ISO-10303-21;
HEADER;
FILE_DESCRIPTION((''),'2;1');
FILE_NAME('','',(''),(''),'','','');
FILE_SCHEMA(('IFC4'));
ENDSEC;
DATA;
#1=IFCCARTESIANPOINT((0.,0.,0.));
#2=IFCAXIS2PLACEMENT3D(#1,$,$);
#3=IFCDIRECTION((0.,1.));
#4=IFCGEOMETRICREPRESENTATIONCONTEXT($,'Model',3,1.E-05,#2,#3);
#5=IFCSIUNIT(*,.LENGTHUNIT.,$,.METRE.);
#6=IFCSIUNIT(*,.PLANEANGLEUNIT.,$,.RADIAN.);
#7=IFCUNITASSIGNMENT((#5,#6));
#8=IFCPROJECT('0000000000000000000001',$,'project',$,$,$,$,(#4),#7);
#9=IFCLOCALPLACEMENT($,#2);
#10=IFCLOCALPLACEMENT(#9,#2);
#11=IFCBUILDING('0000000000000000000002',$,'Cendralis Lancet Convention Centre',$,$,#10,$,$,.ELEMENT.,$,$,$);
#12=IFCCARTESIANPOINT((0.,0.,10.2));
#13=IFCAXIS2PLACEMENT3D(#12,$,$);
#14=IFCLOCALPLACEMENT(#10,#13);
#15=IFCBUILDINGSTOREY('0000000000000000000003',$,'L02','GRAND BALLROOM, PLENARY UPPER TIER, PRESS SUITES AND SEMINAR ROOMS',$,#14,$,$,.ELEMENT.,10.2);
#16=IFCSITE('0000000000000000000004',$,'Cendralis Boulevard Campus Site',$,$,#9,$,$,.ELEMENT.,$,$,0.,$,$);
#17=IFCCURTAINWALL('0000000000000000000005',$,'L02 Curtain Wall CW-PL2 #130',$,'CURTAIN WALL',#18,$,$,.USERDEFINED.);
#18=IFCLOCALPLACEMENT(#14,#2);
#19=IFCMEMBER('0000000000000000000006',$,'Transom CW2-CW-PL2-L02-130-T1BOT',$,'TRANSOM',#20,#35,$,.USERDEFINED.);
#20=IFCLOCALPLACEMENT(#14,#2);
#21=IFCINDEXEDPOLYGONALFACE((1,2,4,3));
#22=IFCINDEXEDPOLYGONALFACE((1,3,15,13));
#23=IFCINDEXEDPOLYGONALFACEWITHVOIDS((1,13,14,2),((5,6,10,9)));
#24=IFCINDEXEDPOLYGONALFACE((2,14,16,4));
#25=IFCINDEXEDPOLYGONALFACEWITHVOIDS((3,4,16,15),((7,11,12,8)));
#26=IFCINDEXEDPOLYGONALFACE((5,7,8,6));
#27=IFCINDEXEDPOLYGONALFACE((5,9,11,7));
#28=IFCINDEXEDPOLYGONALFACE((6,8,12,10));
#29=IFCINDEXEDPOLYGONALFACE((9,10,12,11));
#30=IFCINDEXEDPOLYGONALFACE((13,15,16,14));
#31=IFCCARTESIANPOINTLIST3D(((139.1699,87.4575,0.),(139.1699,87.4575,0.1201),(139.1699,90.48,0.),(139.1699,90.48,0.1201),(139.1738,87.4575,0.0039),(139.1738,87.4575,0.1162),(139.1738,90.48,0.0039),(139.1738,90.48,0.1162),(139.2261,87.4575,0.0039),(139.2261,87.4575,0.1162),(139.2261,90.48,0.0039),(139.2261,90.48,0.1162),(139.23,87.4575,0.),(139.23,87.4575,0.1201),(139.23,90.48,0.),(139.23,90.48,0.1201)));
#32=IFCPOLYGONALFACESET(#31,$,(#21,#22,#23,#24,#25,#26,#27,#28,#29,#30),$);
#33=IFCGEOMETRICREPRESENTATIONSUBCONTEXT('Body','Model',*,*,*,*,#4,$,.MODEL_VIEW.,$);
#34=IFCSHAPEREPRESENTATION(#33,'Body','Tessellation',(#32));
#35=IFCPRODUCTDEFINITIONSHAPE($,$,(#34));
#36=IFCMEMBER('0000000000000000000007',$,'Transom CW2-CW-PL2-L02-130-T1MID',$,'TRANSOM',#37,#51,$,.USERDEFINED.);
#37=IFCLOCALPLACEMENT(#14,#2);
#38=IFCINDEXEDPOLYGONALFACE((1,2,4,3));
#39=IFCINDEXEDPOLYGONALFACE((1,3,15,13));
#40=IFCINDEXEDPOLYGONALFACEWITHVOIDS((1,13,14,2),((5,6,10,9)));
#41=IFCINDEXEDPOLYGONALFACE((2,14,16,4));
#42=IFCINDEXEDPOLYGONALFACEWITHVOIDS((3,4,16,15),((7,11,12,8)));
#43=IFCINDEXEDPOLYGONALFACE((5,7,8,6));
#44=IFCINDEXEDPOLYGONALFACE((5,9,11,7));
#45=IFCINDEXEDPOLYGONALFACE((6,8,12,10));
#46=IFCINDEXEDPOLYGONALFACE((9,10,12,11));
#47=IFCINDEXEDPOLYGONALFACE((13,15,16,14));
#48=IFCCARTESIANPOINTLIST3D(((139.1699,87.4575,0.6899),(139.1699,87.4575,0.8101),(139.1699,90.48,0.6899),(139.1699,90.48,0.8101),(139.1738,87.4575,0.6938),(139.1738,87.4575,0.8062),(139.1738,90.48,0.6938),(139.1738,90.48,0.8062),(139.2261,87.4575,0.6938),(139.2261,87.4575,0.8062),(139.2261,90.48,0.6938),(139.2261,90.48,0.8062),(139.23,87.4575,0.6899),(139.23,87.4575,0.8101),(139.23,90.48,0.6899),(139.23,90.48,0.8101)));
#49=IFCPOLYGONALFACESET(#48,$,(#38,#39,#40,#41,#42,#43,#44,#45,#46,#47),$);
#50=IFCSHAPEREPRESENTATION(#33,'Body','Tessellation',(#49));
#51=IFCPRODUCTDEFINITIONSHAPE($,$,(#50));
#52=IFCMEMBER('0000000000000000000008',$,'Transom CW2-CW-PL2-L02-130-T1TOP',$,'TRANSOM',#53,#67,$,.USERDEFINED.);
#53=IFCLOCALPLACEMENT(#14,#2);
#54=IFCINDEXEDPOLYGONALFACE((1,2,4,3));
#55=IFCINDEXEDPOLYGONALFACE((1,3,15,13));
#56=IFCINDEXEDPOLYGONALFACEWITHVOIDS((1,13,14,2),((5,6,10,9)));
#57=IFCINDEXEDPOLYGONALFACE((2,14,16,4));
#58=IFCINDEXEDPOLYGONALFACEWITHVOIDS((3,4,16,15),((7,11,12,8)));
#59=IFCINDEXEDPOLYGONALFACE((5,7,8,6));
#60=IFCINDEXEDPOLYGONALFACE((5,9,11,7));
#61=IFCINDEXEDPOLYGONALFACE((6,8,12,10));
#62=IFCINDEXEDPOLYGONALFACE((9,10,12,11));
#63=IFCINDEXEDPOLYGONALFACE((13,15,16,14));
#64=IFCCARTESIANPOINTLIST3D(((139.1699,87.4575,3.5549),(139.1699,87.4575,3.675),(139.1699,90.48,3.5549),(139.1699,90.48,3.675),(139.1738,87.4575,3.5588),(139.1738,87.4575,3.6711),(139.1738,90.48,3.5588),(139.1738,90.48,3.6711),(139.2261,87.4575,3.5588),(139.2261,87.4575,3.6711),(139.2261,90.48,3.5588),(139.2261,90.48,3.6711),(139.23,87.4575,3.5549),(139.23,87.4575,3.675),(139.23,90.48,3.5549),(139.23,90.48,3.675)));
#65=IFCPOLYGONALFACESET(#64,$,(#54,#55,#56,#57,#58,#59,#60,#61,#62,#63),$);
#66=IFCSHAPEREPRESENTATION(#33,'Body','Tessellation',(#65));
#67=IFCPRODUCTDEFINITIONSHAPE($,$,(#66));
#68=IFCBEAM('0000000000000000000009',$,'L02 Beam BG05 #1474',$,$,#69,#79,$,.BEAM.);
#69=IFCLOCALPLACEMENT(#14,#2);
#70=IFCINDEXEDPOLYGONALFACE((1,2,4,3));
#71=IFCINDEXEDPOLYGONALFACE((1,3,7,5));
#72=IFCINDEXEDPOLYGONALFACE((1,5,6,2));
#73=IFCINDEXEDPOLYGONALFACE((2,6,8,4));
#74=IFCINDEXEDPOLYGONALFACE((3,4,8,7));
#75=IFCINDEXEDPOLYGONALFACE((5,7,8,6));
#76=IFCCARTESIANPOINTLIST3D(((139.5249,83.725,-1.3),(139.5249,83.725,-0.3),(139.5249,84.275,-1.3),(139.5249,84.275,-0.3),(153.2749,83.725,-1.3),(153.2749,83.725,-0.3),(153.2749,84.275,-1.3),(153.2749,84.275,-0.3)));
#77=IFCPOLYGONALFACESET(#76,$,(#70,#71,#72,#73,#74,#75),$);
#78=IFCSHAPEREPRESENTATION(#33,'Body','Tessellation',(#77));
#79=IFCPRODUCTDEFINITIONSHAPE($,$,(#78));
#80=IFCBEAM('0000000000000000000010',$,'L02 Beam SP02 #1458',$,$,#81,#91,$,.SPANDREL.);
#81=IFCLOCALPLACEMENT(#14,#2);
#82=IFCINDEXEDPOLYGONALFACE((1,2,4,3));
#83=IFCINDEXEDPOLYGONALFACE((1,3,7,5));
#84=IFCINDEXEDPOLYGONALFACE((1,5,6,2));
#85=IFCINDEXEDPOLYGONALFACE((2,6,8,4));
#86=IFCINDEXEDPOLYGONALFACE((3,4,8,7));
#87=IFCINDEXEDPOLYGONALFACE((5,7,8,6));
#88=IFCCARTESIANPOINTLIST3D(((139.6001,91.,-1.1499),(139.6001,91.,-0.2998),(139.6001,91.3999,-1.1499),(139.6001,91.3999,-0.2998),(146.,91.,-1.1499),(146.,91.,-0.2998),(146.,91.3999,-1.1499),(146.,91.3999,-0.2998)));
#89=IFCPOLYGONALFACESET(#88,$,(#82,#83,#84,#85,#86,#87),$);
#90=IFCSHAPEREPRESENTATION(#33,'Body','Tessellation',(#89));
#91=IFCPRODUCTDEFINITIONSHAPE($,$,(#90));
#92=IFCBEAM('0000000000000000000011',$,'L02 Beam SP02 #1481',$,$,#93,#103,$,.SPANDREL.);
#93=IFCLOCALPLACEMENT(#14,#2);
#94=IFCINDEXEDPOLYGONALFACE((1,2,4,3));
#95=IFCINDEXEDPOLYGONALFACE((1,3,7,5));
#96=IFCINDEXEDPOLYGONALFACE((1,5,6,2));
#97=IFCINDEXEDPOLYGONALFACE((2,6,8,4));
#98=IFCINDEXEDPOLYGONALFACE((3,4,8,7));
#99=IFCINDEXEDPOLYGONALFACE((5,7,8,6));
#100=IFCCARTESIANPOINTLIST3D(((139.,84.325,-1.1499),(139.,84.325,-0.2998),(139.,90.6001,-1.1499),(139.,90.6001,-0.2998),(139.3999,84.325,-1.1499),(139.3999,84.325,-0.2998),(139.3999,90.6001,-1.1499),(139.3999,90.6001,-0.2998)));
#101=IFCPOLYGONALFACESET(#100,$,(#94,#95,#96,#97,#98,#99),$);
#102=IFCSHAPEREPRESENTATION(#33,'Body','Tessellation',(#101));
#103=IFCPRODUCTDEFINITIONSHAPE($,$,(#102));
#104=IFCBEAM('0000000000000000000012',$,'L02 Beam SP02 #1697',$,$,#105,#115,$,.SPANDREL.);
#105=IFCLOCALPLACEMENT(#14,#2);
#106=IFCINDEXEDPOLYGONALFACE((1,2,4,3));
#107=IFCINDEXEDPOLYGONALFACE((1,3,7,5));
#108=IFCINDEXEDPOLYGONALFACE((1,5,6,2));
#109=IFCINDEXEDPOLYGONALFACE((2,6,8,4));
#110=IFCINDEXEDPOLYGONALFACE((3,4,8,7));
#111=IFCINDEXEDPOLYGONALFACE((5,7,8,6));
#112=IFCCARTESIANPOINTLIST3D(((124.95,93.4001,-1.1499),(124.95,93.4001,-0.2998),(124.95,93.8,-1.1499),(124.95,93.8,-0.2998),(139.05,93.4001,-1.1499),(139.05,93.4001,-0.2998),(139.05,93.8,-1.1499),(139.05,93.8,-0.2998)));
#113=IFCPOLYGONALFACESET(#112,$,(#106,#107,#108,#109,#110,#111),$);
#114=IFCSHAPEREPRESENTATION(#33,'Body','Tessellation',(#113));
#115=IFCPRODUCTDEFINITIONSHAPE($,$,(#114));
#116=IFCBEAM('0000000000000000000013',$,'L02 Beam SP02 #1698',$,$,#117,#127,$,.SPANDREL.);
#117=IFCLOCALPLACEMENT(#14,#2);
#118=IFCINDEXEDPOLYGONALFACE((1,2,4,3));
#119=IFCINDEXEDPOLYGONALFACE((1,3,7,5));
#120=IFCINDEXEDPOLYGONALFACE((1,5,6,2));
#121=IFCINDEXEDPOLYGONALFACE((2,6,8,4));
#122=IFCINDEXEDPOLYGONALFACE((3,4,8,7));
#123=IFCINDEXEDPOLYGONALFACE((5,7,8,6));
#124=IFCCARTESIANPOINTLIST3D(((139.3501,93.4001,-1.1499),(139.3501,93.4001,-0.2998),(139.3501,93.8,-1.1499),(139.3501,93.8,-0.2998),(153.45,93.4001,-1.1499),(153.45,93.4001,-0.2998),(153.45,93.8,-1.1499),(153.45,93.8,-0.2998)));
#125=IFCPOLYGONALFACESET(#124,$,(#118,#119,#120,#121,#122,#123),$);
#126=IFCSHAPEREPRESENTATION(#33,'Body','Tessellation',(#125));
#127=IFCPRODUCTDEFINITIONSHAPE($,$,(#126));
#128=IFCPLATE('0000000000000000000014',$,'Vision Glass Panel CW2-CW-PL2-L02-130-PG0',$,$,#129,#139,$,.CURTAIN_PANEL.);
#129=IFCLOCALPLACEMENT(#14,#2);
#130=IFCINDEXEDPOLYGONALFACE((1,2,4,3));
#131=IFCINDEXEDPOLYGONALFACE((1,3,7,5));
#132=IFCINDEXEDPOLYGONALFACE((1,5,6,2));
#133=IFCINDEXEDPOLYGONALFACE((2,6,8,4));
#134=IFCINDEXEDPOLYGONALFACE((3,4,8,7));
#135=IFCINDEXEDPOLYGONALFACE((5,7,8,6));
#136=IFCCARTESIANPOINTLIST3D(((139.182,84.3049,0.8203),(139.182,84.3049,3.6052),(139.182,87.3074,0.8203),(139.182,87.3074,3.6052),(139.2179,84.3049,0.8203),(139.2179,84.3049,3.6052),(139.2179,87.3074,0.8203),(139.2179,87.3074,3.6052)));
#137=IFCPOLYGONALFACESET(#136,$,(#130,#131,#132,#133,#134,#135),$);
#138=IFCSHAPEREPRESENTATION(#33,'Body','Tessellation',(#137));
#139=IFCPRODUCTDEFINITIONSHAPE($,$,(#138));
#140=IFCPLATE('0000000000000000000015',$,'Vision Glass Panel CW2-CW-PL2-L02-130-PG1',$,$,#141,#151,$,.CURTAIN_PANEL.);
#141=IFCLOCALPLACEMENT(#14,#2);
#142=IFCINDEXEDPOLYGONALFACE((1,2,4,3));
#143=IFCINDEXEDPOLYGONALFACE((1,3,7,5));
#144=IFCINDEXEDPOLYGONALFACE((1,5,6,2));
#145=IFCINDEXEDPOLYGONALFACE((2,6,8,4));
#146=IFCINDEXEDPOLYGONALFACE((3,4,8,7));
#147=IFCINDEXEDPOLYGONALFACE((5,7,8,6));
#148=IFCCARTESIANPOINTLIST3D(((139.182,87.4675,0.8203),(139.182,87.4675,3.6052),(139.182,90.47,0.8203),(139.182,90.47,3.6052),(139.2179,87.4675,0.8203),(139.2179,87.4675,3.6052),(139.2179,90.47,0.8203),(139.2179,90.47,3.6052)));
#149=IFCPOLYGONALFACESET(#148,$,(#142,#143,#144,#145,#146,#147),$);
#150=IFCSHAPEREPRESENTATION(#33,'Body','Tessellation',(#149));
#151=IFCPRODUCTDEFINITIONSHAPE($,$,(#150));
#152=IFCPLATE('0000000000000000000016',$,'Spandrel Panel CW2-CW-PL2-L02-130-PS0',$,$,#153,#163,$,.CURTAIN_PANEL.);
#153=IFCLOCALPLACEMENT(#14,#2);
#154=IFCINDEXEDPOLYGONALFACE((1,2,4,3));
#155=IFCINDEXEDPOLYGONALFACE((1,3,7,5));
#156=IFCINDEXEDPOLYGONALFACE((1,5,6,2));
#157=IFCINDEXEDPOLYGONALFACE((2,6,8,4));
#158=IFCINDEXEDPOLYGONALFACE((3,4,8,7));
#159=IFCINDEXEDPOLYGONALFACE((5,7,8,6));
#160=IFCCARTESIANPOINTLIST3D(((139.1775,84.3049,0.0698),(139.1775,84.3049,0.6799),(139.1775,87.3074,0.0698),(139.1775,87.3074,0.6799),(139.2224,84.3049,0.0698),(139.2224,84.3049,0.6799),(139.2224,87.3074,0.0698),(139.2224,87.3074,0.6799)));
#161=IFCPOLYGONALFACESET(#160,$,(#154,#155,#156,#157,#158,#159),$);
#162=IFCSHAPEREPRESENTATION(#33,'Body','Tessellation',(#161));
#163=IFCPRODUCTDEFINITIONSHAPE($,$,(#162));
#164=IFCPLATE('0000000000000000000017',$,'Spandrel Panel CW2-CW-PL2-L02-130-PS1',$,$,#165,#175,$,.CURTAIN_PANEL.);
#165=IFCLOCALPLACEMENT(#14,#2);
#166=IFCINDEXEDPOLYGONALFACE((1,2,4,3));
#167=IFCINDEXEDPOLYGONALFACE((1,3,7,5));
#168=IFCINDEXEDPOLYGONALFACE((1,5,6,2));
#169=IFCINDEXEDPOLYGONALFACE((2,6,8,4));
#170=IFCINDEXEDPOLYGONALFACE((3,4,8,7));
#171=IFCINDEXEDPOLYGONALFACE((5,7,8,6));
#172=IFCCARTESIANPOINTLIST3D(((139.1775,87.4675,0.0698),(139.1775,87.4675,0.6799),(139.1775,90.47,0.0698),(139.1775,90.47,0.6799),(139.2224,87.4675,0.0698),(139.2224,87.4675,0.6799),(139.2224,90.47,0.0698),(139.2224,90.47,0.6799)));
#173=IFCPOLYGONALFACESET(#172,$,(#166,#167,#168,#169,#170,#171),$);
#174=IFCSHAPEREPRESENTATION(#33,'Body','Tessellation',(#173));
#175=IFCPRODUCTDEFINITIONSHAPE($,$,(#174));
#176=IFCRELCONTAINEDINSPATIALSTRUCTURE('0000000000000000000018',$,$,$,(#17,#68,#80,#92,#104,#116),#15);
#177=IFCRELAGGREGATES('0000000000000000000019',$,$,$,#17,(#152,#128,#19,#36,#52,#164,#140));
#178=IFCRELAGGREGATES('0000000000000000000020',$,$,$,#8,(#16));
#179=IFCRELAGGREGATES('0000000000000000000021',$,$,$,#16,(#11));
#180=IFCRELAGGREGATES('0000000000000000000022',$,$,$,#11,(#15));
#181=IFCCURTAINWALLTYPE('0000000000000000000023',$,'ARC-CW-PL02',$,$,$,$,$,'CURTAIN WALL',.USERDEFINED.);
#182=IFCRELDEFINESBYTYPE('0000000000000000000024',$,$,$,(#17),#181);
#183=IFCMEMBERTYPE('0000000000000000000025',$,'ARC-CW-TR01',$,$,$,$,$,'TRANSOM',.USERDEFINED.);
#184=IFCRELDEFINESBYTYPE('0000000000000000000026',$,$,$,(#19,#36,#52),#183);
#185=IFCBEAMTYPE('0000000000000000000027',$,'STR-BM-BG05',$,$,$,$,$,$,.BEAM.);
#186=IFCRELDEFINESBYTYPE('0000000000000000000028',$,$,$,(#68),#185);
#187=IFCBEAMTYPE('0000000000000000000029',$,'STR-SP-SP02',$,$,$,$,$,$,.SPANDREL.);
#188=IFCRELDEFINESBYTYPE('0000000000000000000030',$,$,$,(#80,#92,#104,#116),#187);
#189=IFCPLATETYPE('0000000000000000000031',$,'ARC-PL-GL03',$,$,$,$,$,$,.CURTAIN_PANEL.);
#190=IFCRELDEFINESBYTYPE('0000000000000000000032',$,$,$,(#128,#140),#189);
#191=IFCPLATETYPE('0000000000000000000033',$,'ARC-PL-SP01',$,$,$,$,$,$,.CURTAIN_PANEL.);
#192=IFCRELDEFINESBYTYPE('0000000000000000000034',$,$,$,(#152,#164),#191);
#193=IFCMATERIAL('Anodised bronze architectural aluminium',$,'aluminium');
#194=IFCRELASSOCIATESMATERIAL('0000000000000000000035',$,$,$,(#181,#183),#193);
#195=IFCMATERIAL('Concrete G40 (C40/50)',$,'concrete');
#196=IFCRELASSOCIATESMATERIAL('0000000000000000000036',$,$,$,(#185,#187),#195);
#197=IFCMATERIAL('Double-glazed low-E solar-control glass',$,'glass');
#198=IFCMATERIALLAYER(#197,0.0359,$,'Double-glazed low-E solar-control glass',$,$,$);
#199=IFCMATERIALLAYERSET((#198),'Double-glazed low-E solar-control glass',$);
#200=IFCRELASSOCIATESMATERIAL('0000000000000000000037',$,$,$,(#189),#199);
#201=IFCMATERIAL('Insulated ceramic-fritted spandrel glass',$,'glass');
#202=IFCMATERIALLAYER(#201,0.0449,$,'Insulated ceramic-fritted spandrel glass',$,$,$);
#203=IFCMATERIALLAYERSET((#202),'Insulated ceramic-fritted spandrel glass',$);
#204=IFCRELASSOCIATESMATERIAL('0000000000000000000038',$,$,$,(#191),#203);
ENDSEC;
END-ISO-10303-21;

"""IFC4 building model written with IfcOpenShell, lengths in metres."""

from ifc_helpers import new_model, si_unit, direction, frame, origin, origin_2d, place, context, subcontext, project, spatial, rectangle, hollow_rectangle, extrude, material, layer, layer_set, material_profile, profile_set, type_object, element, aggregate, save


model = new_model("IFC4")

# Units and contexts
model_context = context("Model", 3, precision=1e-05, world=origin(), true_north=direction((0.0, 1.0)))
body_context = subcontext(model_context, "Body", "Model", "MODEL_VIEW")
ifc_project = project(units=[si_unit("LENGTHUNIT", "METRE"), si_unit("PLANEANGLEUNIT", "RADIAN")], contexts=[model_context])

# Site, building, storey
site_placement = place(None, origin())
site = spatial("IfcSite", under=ifc_project, at=site_placement, Name="Cendralis Boulevard Campus Site", CompositionType="ELEMENT", RefElevation=0.0)
building_placement = place(site_placement, origin())
building = spatial("IfcBuilding", under=site, at=building_placement, Name="Cendralis Lancet Convention Centre", CompositionType="ELEMENT")
storey_placement = place(building_placement, frame((0.0, 0.0, 10.2)))
storey = spatial("IfcBuildingStorey", under=building, at=storey_placement, Name="L02", Description="GRAND BALLROOM, PLENARY UPPER TIER, PRESS SUITES AND SEMINAR ROOMS", CompositionType="ELEMENT", Elevation=10.2)

# Shared definitions
ifc_material_1 = material(Name="Concrete G40 (C40/50)", Category="concrete")

# Curtain wall, members
ifc_material_2 = material(Name="Anodised bronze architectural aluminium", Category="aluminium")
curtain_wall_type = type_object("IfcCurtainWallType", Name="ARC-CW-PL02", ElementType="CURTAIN WALL", PredefinedType="USERDEFINED", material=ifc_material_2)
curtain_wall_placement = place(storey_placement, origin())
curtain_wall = element("IfcCurtainWall", 1, at=curtain_wall_placement, inside=storey, type_object=curtain_wall_type, Name="L02 Curtain Wall CW-PL2 #130", ObjectType="CURTAIN WALL", PredefinedType="USERDEFINED")
ifc_material_profile_1 = material_profile(ifc_material_2, hollow_rectangle(XDim=0.0601, YDim=0.1201, WallThickness=0.0039, at=origin_2d()), Name="AL-TRAN 60x120x4.0")
ifc_profile_set_1 = profile_set([ifc_material_profile_1], Name="Anodised bronze architectural aluminium")
member_type_1 = type_object("IfcMemberType", Name="ARC-CW-TR01", ElementType="TRANSOM", PredefinedType="USERDEFINED", material=ifc_profile_set_1)
member_1_placement = place(storey_placement, frame((139.2, 87.4575, 0.0601), z_axis=(0.0, 1.0, 0.0), x_axis=(-1.0, 0.0, 0.0)))
member_1 = element("IfcMember", 2, at=member_1_placement, type_object=member_type_1, Name="Transom CW2-CW-PL2-L02-130-T1BOT", ObjectType="TRANSOM", PredefinedType="USERDEFINED", context=body_context, shape_type="SweptSolid", body=[
    extrude(hollow_rectangle(XDim=0.0601, YDim=0.1201, WallThickness=0.0039, at=origin_2d()), origin(), (0.0, 0.0, 1.0), 3.0225),
])
member_2_placement = place(storey_placement, frame((139.2, 87.4575, 0.75), z_axis=(0.0, 1.0, 0.0), x_axis=(-1.0, 0.0, 0.0)))
member_2 = element("IfcMember", 3, at=member_2_placement, type_object=member_type_1, Name="Transom CW2-CW-PL2-L02-130-T1MID", ObjectType="TRANSOM", PredefinedType="USERDEFINED", context=body_context, shape_type="SweptSolid", body=[
    extrude(hollow_rectangle(XDim=0.0601, YDim=0.1201, WallThickness=0.0039, at=origin_2d()), origin(), (0.0, 0.0, 1.0), 3.0225),
])
member_3_placement = place(storey_placement, frame((139.2, 87.4575, 3.615), z_axis=(0.0, 1.0, 0.0), x_axis=(-1.0, 0.0, 0.0)))
member_3 = element("IfcMember", 4, at=member_3_placement, type_object=member_type_1, Name="Transom CW2-CW-PL2-L02-130-T1TOP", ObjectType="TRANSOM", PredefinedType="USERDEFINED", context=body_context, shape_type="SweptSolid", body=[
    extrude(hollow_rectangle(XDim=0.0601, YDim=0.1201, WallThickness=0.0039, at=origin_2d()), origin(), (0.0, 0.0, 1.0), 3.0225),
])

# Beams
ifc_material_profile_2 = material_profile(ifc_material_1, rectangle(XDim=0.55, YDim=1.0, at=origin_2d()), Name="RCB 550x1000")
ifc_profile_set_2 = profile_set([ifc_material_profile_2], Name="Concrete G40 (C40/50)")
beam_type_1 = type_object("IfcBeamType", Name="STR-BM-BG05", PredefinedType="BEAM", material=ifc_profile_set_2)
beam_1_placement = place(storey_placement, frame((139.5249, 84.0, -0.8), z_axis=(1.0, 0.0, 0.0), x_axis=(0.0, 1.0, 0.0)))
element("IfcBeam", 5, at=beam_1_placement, inside=storey, type_object=beam_type_1, Name="L02 Beam BG05 #1474", PredefinedType="BEAM", context=body_context, shape_type="SweptSolid", body=[
    extrude(rectangle(XDim=0.55, YDim=1.0, at=origin_2d()), origin(), (0.0, 0.0, 1.0), 13.75),
])
ifc_material_profile_3 = material_profile(ifc_material_1, rectangle(XDim=0.3999, YDim=0.8501, at=origin_2d()), Name="RCB 400x850")
ifc_profile_set_3 = profile_set([ifc_material_profile_3], Name="Concrete G40 (C40/50)")
beam_type_2 = type_object("IfcBeamType", Name="STR-SP-SP02", PredefinedType="SPANDREL", material=ifc_profile_set_3)
beam_2_placement = place(storey_placement, frame((139.6001, 91.2, -0.7249), z_axis=(1.0, 0.0, 0.0), x_axis=(0.0, 1.0, 0.0)))
element("IfcBeam", 6, at=beam_2_placement, inside=storey, type_object=beam_type_2, Name="L02 Beam SP02 #1458", PredefinedType="SPANDREL", context=body_context, shape_type="SweptSolid", body=[
    extrude(rectangle(XDim=0.3999, YDim=0.8501, at=origin_2d()), origin(), (0.0, 0.0, 1.0), 6.3999),
])
beam_3_placement = place(storey_placement, frame((139.2, 84.325, -0.7249), z_axis=(0.0, 1.0, 0.0), x_axis=(-1.0, 0.0, 0.0)))
element("IfcBeam", 7, at=beam_3_placement, inside=storey, type_object=beam_type_2, Name="L02 Beam SP02 #1481", PredefinedType="SPANDREL", context=body_context, shape_type="SweptSolid", body=[
    extrude(rectangle(XDim=0.3999, YDim=0.8501, at=origin_2d()), origin(), (0.0, 0.0, 1.0), 6.2751),
])
beam_4_placement = place(storey_placement, frame((124.95, 93.6001, -0.7249), z_axis=(1.0, 0.0, 0.0), x_axis=(0.0, 1.0, 0.0)))
element("IfcBeam", 8, at=beam_4_placement, inside=storey, type_object=beam_type_2, Name="L02 Beam SP02 #1697", PredefinedType="SPANDREL", context=body_context, shape_type="SweptSolid", body=[
    extrude(rectangle(XDim=0.3999, YDim=0.8501, at=origin_2d()), origin(), (0.0, 0.0, 1.0), 14.1001),
])
beam_5_placement = place(storey_placement, frame((139.3501, 93.6001, -0.7249), z_axis=(1.0, 0.0, 0.0), x_axis=(0.0, 1.0, 0.0)))
element("IfcBeam", 9, at=beam_5_placement, inside=storey, type_object=beam_type_2, Name="L02 Beam SP02 #1698", PredefinedType="SPANDREL", context=body_context, shape_type="SweptSolid", body=[
    extrude(rectangle(XDim=0.3999, YDim=0.8501, at=origin_2d()), origin(), (0.0, 0.0, 1.0), 14.0999),
])

# Plates
ifc_material_3 = material(Name="Double-glazed low-E solar-control glass", Category="glass")
ifc_layer_1 = layer(ifc_material_3, 0.0359, Name="Double-glazed low-E solar-control glass")
ifc_layer_set_1 = layer_set([ifc_layer_1], Name="Double-glazed low-E solar-control glass")
plate_type_1 = type_object("IfcPlateType", Name="ARC-PL-GL03", PredefinedType="CURTAIN_PANEL", material=ifc_layer_set_1)
plate_1_placement = place(storey_placement, frame((139.2, 85.8062, 0.8203), z_axis=(0.0, 0.0, 1.0), x_axis=(0.0, 1.0, 0.0)))
plate_1 = element("IfcPlate", 10, at=plate_1_placement, type_object=plate_type_1, Name="Vision Glass Panel CW2-CW-PL2-L02-130-PG0", PredefinedType="CURTAIN_PANEL", context=body_context, shape_type="SweptSolid", body=[
    extrude(rectangle(XDim=3.0024, YDim=0.0359, at=origin_2d()), origin(), (0.0, 0.0, 1.0), 2.7849),
])
plate_2_placement = place(storey_placement, frame((139.2, 88.9688, 0.8203), z_axis=(0.0, 0.0, 1.0), x_axis=(0.0, 1.0, 0.0)))
plate_2 = element("IfcPlate", 11, at=plate_2_placement, type_object=plate_type_1, Name="Vision Glass Panel CW2-CW-PL2-L02-130-PG1", PredefinedType="CURTAIN_PANEL", context=body_context, shape_type="SweptSolid", body=[
    extrude(rectangle(XDim=3.0024, YDim=0.0359, at=origin_2d()), origin(), (0.0, 0.0, 1.0), 2.7849),
])
ifc_material_4 = material(Name="Insulated ceramic-fritted spandrel glass", Category="glass")
ifc_layer_2 = layer(ifc_material_4, 0.0449, Name="Insulated ceramic-fritted spandrel glass")
ifc_layer_set_2 = layer_set([ifc_layer_2], Name="Insulated ceramic-fritted spandrel glass")
plate_type_2 = type_object("IfcPlateType", Name="ARC-PL-SP01", PredefinedType="CURTAIN_PANEL", material=ifc_layer_set_2)
plate_3_placement = place(storey_placement, frame((139.2, 85.8062, 0.0698), z_axis=(0.0, 0.0, 1.0), x_axis=(0.0, 1.0, 0.0)))
plate_3 = element("IfcPlate", 12, at=plate_3_placement, type_object=plate_type_2, Name="Spandrel Panel CW2-CW-PL2-L02-130-PS0", PredefinedType="CURTAIN_PANEL", context=body_context, shape_type="SweptSolid", body=[
    extrude(rectangle(XDim=3.0024, YDim=0.0449, at=origin_2d()), origin(), (0.0, 0.0, 1.0), 0.6101),
])
plate_4_placement = place(storey_placement, frame((139.2, 88.9688, 0.0698), z_axis=(0.0, 0.0, 1.0), x_axis=(0.0, 1.0, 0.0)))
plate_4 = element("IfcPlate", 13, at=plate_4_placement, type_object=plate_type_2, Name="Spandrel Panel CW2-CW-PL2-L02-130-PS1", PredefinedType="CURTAIN_PANEL", context=body_context, shape_type="SweptSolid", body=[
    extrude(rectangle(XDim=3.0024, YDim=0.0449, at=origin_2d()), origin(), (0.0, 0.0, 1.0), 0.6101),
])
aggregate(curtain_wall, [plate_3, plate_1, member_1, member_2, member_3, plate_4, plate_2])

save(model, "model.ifc")
